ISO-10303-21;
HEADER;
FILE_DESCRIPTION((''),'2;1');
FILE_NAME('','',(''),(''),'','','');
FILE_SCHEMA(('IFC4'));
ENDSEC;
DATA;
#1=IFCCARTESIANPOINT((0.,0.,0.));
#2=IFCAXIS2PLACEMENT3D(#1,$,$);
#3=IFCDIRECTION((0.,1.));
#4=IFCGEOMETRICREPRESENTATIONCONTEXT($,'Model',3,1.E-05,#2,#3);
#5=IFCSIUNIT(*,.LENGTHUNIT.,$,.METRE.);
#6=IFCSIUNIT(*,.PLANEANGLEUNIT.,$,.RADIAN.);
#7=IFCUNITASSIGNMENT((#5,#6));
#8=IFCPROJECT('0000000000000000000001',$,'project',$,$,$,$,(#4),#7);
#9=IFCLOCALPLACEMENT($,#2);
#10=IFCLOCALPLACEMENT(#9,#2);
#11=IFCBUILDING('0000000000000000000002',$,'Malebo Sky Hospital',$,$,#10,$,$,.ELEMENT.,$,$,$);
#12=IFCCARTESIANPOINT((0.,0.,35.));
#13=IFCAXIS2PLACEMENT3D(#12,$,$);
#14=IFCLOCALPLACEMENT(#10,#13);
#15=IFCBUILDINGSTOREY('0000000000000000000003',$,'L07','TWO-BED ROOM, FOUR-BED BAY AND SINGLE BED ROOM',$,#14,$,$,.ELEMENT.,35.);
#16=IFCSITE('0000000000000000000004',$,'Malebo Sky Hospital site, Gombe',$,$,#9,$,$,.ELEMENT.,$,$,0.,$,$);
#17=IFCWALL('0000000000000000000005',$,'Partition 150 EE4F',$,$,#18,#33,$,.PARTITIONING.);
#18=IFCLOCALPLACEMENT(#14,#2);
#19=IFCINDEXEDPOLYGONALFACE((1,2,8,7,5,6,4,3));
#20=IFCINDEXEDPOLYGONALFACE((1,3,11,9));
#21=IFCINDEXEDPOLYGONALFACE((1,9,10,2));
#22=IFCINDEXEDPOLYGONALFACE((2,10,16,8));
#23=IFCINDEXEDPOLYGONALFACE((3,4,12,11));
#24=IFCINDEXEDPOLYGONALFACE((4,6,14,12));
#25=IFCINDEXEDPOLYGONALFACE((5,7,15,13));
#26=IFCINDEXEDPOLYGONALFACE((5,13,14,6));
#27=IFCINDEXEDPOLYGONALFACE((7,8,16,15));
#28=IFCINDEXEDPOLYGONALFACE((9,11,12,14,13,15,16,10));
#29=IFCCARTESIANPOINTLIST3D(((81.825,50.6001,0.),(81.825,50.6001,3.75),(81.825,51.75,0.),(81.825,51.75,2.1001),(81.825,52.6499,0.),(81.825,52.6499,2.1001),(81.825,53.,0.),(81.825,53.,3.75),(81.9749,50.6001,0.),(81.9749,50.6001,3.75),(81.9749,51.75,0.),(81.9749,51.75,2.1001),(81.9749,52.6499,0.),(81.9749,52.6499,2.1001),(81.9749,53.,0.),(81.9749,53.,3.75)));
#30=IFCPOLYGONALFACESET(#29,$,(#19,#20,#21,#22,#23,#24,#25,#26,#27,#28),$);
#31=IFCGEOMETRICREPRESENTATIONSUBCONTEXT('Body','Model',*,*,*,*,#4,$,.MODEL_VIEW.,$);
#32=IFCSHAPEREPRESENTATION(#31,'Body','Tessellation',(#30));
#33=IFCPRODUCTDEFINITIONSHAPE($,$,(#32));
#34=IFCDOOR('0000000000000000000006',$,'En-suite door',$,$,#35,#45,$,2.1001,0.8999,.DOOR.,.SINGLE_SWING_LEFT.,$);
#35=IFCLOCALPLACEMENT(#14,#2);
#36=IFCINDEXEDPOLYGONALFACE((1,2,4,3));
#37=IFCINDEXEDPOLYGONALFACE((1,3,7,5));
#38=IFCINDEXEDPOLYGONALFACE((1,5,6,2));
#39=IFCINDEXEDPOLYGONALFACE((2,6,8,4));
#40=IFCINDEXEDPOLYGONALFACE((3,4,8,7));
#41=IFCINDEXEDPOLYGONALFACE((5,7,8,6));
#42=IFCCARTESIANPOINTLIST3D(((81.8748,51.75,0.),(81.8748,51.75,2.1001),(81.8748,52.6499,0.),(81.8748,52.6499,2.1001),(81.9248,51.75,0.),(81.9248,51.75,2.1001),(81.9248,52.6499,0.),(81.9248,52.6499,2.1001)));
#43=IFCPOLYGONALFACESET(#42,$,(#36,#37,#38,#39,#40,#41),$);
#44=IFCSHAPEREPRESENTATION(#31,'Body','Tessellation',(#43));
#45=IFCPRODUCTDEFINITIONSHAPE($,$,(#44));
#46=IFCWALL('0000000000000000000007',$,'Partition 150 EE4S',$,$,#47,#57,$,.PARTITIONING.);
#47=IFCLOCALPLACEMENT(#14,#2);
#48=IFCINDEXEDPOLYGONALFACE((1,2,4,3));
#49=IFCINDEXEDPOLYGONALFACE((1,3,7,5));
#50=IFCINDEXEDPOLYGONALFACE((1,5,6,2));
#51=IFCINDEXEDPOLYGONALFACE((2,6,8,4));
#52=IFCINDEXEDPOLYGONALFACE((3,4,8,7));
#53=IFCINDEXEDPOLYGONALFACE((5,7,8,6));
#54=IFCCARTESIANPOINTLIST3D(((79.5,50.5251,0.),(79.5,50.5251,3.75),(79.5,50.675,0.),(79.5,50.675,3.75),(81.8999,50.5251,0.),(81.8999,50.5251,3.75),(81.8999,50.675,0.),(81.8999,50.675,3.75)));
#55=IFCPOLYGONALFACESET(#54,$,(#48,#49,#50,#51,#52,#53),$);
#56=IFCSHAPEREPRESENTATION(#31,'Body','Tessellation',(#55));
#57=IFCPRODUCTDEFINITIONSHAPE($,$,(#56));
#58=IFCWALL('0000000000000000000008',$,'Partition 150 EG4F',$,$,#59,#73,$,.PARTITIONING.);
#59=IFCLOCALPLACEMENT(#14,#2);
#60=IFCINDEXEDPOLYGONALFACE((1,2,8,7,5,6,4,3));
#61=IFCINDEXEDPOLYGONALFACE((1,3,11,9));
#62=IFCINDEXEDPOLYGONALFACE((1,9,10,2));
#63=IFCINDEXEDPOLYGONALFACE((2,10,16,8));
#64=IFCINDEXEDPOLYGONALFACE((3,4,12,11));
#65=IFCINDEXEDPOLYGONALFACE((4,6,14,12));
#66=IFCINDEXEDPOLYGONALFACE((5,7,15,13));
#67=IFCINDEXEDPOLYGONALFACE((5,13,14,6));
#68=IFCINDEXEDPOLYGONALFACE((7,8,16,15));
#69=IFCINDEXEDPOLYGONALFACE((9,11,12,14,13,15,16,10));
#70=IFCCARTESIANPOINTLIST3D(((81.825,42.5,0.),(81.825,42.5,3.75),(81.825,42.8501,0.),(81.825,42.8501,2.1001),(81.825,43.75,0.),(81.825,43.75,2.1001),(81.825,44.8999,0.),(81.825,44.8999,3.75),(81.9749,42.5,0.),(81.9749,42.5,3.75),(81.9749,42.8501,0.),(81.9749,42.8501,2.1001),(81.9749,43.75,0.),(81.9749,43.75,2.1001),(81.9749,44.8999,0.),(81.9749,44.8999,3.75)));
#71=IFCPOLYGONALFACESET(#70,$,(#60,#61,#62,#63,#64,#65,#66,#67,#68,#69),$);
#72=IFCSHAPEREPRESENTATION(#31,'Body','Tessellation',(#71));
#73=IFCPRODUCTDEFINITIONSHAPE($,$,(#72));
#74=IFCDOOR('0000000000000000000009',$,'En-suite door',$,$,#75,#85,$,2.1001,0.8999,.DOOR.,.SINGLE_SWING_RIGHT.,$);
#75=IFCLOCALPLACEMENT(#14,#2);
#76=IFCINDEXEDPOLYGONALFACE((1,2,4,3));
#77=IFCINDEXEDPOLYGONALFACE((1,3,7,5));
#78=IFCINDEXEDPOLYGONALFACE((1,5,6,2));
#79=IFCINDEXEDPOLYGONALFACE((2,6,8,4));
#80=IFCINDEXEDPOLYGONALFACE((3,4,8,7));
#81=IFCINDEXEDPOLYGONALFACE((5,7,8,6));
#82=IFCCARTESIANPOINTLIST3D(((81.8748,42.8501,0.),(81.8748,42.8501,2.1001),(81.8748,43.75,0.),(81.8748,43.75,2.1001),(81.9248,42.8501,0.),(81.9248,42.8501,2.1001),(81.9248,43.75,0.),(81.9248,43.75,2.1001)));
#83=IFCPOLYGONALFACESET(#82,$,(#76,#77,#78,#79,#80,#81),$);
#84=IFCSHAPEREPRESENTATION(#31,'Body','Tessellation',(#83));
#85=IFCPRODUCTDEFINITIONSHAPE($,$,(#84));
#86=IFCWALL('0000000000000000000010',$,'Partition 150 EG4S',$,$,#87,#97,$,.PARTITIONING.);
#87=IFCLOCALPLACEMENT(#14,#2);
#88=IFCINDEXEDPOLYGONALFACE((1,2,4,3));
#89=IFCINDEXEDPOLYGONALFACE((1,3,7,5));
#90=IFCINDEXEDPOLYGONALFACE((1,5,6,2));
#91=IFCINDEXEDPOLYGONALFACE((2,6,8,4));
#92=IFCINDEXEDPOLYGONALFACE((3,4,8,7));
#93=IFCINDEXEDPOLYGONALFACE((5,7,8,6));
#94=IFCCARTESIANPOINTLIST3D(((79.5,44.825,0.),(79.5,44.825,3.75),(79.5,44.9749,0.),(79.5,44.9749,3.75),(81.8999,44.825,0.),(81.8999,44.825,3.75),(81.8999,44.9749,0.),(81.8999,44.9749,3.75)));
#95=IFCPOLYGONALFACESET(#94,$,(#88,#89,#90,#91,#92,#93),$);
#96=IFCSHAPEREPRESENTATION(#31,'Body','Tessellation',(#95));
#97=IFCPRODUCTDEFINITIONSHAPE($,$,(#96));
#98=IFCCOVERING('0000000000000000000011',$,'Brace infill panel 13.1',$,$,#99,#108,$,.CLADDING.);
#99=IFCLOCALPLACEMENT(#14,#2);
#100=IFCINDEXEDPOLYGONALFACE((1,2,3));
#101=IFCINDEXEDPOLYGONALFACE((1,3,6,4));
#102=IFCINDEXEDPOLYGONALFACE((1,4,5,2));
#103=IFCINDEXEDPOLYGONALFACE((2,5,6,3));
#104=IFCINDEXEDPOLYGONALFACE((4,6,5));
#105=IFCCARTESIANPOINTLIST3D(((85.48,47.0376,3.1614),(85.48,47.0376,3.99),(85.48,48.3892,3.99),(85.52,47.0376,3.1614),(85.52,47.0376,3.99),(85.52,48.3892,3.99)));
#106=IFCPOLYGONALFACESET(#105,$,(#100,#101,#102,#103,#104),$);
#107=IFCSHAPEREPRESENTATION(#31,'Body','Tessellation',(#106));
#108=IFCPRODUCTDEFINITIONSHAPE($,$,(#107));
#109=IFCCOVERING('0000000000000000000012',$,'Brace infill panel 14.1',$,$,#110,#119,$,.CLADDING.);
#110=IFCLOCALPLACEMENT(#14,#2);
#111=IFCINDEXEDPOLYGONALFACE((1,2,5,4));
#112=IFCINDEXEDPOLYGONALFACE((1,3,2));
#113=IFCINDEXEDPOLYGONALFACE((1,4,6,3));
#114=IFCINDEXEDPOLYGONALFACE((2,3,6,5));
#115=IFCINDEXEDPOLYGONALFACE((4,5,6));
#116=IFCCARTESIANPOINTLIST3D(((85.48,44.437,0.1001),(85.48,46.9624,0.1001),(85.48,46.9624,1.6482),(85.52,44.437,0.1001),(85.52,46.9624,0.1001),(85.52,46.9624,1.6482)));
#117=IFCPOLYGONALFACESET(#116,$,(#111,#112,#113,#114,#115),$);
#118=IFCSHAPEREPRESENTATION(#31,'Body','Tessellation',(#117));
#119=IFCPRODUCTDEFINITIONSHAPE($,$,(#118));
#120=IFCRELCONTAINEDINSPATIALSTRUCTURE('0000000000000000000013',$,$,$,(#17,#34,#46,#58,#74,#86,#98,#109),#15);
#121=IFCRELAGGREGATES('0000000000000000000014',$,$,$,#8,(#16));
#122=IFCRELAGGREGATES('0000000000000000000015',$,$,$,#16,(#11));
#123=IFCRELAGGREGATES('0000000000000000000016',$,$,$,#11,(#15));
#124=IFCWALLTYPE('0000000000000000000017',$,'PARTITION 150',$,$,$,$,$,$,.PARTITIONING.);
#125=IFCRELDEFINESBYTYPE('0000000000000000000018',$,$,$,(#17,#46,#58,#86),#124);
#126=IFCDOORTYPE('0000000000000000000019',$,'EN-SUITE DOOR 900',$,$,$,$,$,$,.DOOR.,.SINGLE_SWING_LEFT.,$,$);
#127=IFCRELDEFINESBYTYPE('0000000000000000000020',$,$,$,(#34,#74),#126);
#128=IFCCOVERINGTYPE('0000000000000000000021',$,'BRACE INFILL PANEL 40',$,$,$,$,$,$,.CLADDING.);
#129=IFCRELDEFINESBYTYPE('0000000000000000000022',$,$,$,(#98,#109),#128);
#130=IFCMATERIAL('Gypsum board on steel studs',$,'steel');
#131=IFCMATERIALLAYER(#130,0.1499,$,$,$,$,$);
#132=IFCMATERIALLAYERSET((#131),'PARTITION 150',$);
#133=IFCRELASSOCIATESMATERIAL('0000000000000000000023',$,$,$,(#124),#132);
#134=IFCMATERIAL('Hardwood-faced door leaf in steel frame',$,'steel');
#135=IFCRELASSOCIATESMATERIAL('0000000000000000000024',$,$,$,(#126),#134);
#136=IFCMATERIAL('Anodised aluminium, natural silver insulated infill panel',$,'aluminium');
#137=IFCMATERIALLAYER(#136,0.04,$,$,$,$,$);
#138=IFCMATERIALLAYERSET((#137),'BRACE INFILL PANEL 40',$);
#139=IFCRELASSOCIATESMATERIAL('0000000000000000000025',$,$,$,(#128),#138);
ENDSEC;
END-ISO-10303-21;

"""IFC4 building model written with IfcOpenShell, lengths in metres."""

from ifc_helpers import new_model, si_unit, direction, frame, frame_2d, origin, place, context, subcontext, project, spatial, polyline, rectangle, outline, extrude, material, layer, layer_set, type_object, element, fill, save


model = new_model("IFC4")

# Units and contexts
model_context = context("Model", 3, precision=1e-05, world=origin(), true_north=direction((0.0, 1.0)))
body_context = subcontext(model_context, "Body", "Model", "MODEL_VIEW")
ifc_project = project(units=[si_unit("LENGTHUNIT", "METRE"), si_unit("PLANEANGLEUNIT", "RADIAN")], contexts=[model_context])

# Site, building, storey
site_placement = place(None, origin())
site = spatial("IfcSite", under=ifc_project, at=site_placement, Name="Malebo Sky Hospital site, Gombe", CompositionType="ELEMENT", RefElevation=0.0)
building_placement = place(site_placement, origin())
building = spatial("IfcBuilding", under=site, at=building_placement, Name="Malebo Sky Hospital", CompositionType="ELEMENT")
storey_placement = place(building_placement, frame((0.0, 0.0, 35.0)))
storey = spatial("IfcBuildingStorey", under=building, at=storey_placement, Name="L07", Description="TWO-BED ROOM, FOUR-BED BAY AND SINGLE BED ROOM", CompositionType="ELEMENT", Elevation=35.0)

# Shared definitions
ifc_material_1 = material(Name="Gypsum board on steel studs", Category="steel")
ifc_material_2 = material(Name="Hardwood-faced door leaf in steel frame", Category="steel")

# Shared definitions
ifc_layer_1 = layer(ifc_material_1, 0.1499)
ifc_layer_set_1 = layer_set([ifc_layer_1], Name="PARTITION 150")
wall_type_1 = type_object("IfcWallType", Name="PARTITION 150", PredefinedType="PARTITIONING", material=ifc_layer_set_1)

# Wall, opening, door
wall_1_placement = place(storey_placement, frame((81.8999, 53.0, 0.0), z_axis=(0.0, 0.0, 1.0), x_axis=(0.0, -1.0, 0.0)))
wall_1 = element("IfcWall", 1, at=wall_1_placement, inside=storey, type_object=wall_type_1, Name="Partition 150 EE4F", PredefinedType="PARTITIONING", context=body_context, shape_type="SweptSolid", body=[
    extrude(rectangle(XDim=2.3999, YDim=0.1499, at=frame_2d((1.2, 0.0))), origin(), (0.0, 0.0, 1.0), 3.75),
])
opening_1_placement = place(wall_1_placement, frame((0.3501, 0.0, 0.0)))
opening_1 = element("IfcOpeningElement", 2, at=opening_1_placement, cuts=wall_1, PredefinedType="OPENING", context=body_context, shape_type="SweptSolid", body=[
    extrude(rectangle(XDim=0.8999, YDim=2.1001, at=frame_2d((0.45, 1.05))), frame((0.0, 0.085, 0.0), z_axis=(0.0, -1.0, 0.0), x_axis=(1.0, 0.0, 0.0)), (0.0, 0.0, 1.0), 0.1699),
])
door_type_1 = type_object("IfcDoorType", Name="EN-SUITE DOOR 900", OperationType="SINGLE_SWING_LEFT", PredefinedType="DOOR", material=ifc_material_2)
door_1_placement = place(opening_1_placement, origin())
door_1 = element("IfcDoor", 3, at=door_1_placement, inside=storey, type_object=door_type_1, Name="En-suite door", OperationType="SINGLE_SWING_LEFT", OverallHeight=2.1001, OverallWidth=0.8999, PredefinedType="DOOR", context=body_context, shape_type="SweptSolid", body=[
    extrude(rectangle(XDim=0.8999, YDim=2.1001, at=frame_2d((0.45, 1.05))), frame((0.0, 0.0249, 0.0), z_axis=(0.0, -1.0, 0.0), x_axis=(1.0, 0.0, 0.0)), (0.0, 0.0, 1.0), 0.05),
])
fill(opening_1, door_1)

# Wall
wall_2_placement = place(storey_placement, frame((79.5, 50.6001, 0.0), z_axis=(0.0, 0.0, 1.0), x_axis=(1.0, 0.0, 0.0)))
element("IfcWall", 4, at=wall_2_placement, inside=storey, type_object=wall_type_1, Name="Partition 150 EE4S", PredefinedType="PARTITIONING", context=body_context, shape_type="SweptSolid", body=[
    extrude(rectangle(XDim=2.3999, YDim=0.1499, at=frame_2d((1.2, 0.0))), origin(), (0.0, 0.0, 1.0), 3.75),
])

# Wall, opening, door
wall_3_placement = place(storey_placement, frame((81.8999, 44.8999, 0.0), z_axis=(0.0, 0.0, 1.0), x_axis=(0.0, -1.0, 0.0)))
wall_3 = element("IfcWall", 5, at=wall_3_placement, inside=storey, type_object=wall_type_1, Name="Partition 150 EG4F", PredefinedType="PARTITIONING", context=body_context, shape_type="SweptSolid", body=[
    extrude(rectangle(XDim=2.3999, YDim=0.1499, at=frame_2d((1.2, 0.0))), origin(), (0.0, 0.0, 1.0), 3.75),
])
opening_2_placement = place(wall_3_placement, frame((1.1499, 0.0, 0.0)))
opening_2 = element("IfcOpeningElement", 6, at=opening_2_placement, cuts=wall_3, PredefinedType="OPENING", context=body_context, shape_type="SweptSolid", body=[
    extrude(rectangle(XDim=0.8999, YDim=2.1001, at=frame_2d((0.45, 1.05))), frame((0.0, 0.085, 0.0), z_axis=(0.0, -1.0, 0.0), x_axis=(1.0, 0.0, 0.0)), (0.0, 0.0, 1.0), 0.1699),
])
door_2_placement = place(opening_2_placement, origin())
door_2 = element("IfcDoor", 7, at=door_2_placement, inside=storey, type_object=door_type_1, Name="En-suite door", OperationType="SINGLE_SWING_RIGHT", OverallHeight=2.1001, OverallWidth=0.8999, PredefinedType="DOOR", context=body_context, shape_type="SweptSolid", body=[
    extrude(rectangle(XDim=0.8999, YDim=2.1001, at=frame_2d((0.45, 1.05))), frame((0.0, 0.0249, 0.0), z_axis=(0.0, -1.0, 0.0), x_axis=(1.0, 0.0, 0.0)), (0.0, 0.0, 1.0), 0.05),
])
fill(opening_2, door_2)

# Wall
wall_4_placement = place(storey_placement, frame((79.5, 44.8999, 0.0), z_axis=(0.0, 0.0, 1.0), x_axis=(1.0, 0.0, 0.0)))
element("IfcWall", 8, at=wall_4_placement, inside=storey, type_object=wall_type_1, Name="Partition 150 EG4S", PredefinedType="PARTITIONING", context=body_context, shape_type="SweptSolid", body=[
    extrude(rectangle(XDim=2.3999, YDim=0.1499, at=frame_2d((1.2, 0.0))), origin(), (0.0, 0.0, 1.0), 3.75),
])

# Coverings
ifc_material_3 = material(Name="Anodised aluminium, natural silver insulated infill panel", Category="aluminium")
ifc_layer_2 = layer(ifc_material_3, 0.04)
ifc_layer_set_2 = layer_set([ifc_layer_2], Name="BRACE INFILL PANEL 40")
covering_type = type_object("IfcCoveringType", Name="BRACE INFILL PANEL 40", PredefinedType="CLADDING", material=ifc_layer_set_2)
covering_1_placement = place(storey_placement, frame((85.5, 47.7134, 3.1614), z_axis=(0.0, 0.0, 1.0), x_axis=(0.0, -1.0, 0.0)))
element("IfcCovering", 9, at=covering_1_placement, inside=storey, type_object=covering_type, Name="Brace infill panel 13.1", PredefinedType="CLADDING", context=body_context, shape_type="SweptSolid", body=[
    extrude(outline(polyline([(0.6758, 0.0), (0.6758, 0.8286), (-0.6758, 0.8286), (0.6758, 0.0)])), frame((0.0, 0.02, 0.0), z_axis=(0.0, -1.0, 0.0), x_axis=(1.0, 0.0, 0.0)), (0.0, 0.0, 1.0), 0.04),
])
covering_2_placement = place(storey_placement, frame((85.5, 45.6997, 0.1001), z_axis=(0.0, 0.0, 1.0), x_axis=(0.0, -1.0, 0.0)))
element("IfcCovering", 10, at=covering_2_placement, inside=storey, type_object=covering_type, Name="Brace infill panel 14.1", PredefinedType="CLADDING", context=body_context, shape_type="SweptSolid", body=[
    extrude(outline(polyline([(-1.2627, 0.0), (1.2627, 0.0), (-1.2627, 1.5481), (-1.2627, 0.0)])), frame((0.0, 0.02, 0.0), z_axis=(0.0, -1.0, 0.0), x_axis=(1.0, 0.0, 0.0)), (0.0, 0.0, 1.0), 0.04),
])

save(model, "model.ifc")
